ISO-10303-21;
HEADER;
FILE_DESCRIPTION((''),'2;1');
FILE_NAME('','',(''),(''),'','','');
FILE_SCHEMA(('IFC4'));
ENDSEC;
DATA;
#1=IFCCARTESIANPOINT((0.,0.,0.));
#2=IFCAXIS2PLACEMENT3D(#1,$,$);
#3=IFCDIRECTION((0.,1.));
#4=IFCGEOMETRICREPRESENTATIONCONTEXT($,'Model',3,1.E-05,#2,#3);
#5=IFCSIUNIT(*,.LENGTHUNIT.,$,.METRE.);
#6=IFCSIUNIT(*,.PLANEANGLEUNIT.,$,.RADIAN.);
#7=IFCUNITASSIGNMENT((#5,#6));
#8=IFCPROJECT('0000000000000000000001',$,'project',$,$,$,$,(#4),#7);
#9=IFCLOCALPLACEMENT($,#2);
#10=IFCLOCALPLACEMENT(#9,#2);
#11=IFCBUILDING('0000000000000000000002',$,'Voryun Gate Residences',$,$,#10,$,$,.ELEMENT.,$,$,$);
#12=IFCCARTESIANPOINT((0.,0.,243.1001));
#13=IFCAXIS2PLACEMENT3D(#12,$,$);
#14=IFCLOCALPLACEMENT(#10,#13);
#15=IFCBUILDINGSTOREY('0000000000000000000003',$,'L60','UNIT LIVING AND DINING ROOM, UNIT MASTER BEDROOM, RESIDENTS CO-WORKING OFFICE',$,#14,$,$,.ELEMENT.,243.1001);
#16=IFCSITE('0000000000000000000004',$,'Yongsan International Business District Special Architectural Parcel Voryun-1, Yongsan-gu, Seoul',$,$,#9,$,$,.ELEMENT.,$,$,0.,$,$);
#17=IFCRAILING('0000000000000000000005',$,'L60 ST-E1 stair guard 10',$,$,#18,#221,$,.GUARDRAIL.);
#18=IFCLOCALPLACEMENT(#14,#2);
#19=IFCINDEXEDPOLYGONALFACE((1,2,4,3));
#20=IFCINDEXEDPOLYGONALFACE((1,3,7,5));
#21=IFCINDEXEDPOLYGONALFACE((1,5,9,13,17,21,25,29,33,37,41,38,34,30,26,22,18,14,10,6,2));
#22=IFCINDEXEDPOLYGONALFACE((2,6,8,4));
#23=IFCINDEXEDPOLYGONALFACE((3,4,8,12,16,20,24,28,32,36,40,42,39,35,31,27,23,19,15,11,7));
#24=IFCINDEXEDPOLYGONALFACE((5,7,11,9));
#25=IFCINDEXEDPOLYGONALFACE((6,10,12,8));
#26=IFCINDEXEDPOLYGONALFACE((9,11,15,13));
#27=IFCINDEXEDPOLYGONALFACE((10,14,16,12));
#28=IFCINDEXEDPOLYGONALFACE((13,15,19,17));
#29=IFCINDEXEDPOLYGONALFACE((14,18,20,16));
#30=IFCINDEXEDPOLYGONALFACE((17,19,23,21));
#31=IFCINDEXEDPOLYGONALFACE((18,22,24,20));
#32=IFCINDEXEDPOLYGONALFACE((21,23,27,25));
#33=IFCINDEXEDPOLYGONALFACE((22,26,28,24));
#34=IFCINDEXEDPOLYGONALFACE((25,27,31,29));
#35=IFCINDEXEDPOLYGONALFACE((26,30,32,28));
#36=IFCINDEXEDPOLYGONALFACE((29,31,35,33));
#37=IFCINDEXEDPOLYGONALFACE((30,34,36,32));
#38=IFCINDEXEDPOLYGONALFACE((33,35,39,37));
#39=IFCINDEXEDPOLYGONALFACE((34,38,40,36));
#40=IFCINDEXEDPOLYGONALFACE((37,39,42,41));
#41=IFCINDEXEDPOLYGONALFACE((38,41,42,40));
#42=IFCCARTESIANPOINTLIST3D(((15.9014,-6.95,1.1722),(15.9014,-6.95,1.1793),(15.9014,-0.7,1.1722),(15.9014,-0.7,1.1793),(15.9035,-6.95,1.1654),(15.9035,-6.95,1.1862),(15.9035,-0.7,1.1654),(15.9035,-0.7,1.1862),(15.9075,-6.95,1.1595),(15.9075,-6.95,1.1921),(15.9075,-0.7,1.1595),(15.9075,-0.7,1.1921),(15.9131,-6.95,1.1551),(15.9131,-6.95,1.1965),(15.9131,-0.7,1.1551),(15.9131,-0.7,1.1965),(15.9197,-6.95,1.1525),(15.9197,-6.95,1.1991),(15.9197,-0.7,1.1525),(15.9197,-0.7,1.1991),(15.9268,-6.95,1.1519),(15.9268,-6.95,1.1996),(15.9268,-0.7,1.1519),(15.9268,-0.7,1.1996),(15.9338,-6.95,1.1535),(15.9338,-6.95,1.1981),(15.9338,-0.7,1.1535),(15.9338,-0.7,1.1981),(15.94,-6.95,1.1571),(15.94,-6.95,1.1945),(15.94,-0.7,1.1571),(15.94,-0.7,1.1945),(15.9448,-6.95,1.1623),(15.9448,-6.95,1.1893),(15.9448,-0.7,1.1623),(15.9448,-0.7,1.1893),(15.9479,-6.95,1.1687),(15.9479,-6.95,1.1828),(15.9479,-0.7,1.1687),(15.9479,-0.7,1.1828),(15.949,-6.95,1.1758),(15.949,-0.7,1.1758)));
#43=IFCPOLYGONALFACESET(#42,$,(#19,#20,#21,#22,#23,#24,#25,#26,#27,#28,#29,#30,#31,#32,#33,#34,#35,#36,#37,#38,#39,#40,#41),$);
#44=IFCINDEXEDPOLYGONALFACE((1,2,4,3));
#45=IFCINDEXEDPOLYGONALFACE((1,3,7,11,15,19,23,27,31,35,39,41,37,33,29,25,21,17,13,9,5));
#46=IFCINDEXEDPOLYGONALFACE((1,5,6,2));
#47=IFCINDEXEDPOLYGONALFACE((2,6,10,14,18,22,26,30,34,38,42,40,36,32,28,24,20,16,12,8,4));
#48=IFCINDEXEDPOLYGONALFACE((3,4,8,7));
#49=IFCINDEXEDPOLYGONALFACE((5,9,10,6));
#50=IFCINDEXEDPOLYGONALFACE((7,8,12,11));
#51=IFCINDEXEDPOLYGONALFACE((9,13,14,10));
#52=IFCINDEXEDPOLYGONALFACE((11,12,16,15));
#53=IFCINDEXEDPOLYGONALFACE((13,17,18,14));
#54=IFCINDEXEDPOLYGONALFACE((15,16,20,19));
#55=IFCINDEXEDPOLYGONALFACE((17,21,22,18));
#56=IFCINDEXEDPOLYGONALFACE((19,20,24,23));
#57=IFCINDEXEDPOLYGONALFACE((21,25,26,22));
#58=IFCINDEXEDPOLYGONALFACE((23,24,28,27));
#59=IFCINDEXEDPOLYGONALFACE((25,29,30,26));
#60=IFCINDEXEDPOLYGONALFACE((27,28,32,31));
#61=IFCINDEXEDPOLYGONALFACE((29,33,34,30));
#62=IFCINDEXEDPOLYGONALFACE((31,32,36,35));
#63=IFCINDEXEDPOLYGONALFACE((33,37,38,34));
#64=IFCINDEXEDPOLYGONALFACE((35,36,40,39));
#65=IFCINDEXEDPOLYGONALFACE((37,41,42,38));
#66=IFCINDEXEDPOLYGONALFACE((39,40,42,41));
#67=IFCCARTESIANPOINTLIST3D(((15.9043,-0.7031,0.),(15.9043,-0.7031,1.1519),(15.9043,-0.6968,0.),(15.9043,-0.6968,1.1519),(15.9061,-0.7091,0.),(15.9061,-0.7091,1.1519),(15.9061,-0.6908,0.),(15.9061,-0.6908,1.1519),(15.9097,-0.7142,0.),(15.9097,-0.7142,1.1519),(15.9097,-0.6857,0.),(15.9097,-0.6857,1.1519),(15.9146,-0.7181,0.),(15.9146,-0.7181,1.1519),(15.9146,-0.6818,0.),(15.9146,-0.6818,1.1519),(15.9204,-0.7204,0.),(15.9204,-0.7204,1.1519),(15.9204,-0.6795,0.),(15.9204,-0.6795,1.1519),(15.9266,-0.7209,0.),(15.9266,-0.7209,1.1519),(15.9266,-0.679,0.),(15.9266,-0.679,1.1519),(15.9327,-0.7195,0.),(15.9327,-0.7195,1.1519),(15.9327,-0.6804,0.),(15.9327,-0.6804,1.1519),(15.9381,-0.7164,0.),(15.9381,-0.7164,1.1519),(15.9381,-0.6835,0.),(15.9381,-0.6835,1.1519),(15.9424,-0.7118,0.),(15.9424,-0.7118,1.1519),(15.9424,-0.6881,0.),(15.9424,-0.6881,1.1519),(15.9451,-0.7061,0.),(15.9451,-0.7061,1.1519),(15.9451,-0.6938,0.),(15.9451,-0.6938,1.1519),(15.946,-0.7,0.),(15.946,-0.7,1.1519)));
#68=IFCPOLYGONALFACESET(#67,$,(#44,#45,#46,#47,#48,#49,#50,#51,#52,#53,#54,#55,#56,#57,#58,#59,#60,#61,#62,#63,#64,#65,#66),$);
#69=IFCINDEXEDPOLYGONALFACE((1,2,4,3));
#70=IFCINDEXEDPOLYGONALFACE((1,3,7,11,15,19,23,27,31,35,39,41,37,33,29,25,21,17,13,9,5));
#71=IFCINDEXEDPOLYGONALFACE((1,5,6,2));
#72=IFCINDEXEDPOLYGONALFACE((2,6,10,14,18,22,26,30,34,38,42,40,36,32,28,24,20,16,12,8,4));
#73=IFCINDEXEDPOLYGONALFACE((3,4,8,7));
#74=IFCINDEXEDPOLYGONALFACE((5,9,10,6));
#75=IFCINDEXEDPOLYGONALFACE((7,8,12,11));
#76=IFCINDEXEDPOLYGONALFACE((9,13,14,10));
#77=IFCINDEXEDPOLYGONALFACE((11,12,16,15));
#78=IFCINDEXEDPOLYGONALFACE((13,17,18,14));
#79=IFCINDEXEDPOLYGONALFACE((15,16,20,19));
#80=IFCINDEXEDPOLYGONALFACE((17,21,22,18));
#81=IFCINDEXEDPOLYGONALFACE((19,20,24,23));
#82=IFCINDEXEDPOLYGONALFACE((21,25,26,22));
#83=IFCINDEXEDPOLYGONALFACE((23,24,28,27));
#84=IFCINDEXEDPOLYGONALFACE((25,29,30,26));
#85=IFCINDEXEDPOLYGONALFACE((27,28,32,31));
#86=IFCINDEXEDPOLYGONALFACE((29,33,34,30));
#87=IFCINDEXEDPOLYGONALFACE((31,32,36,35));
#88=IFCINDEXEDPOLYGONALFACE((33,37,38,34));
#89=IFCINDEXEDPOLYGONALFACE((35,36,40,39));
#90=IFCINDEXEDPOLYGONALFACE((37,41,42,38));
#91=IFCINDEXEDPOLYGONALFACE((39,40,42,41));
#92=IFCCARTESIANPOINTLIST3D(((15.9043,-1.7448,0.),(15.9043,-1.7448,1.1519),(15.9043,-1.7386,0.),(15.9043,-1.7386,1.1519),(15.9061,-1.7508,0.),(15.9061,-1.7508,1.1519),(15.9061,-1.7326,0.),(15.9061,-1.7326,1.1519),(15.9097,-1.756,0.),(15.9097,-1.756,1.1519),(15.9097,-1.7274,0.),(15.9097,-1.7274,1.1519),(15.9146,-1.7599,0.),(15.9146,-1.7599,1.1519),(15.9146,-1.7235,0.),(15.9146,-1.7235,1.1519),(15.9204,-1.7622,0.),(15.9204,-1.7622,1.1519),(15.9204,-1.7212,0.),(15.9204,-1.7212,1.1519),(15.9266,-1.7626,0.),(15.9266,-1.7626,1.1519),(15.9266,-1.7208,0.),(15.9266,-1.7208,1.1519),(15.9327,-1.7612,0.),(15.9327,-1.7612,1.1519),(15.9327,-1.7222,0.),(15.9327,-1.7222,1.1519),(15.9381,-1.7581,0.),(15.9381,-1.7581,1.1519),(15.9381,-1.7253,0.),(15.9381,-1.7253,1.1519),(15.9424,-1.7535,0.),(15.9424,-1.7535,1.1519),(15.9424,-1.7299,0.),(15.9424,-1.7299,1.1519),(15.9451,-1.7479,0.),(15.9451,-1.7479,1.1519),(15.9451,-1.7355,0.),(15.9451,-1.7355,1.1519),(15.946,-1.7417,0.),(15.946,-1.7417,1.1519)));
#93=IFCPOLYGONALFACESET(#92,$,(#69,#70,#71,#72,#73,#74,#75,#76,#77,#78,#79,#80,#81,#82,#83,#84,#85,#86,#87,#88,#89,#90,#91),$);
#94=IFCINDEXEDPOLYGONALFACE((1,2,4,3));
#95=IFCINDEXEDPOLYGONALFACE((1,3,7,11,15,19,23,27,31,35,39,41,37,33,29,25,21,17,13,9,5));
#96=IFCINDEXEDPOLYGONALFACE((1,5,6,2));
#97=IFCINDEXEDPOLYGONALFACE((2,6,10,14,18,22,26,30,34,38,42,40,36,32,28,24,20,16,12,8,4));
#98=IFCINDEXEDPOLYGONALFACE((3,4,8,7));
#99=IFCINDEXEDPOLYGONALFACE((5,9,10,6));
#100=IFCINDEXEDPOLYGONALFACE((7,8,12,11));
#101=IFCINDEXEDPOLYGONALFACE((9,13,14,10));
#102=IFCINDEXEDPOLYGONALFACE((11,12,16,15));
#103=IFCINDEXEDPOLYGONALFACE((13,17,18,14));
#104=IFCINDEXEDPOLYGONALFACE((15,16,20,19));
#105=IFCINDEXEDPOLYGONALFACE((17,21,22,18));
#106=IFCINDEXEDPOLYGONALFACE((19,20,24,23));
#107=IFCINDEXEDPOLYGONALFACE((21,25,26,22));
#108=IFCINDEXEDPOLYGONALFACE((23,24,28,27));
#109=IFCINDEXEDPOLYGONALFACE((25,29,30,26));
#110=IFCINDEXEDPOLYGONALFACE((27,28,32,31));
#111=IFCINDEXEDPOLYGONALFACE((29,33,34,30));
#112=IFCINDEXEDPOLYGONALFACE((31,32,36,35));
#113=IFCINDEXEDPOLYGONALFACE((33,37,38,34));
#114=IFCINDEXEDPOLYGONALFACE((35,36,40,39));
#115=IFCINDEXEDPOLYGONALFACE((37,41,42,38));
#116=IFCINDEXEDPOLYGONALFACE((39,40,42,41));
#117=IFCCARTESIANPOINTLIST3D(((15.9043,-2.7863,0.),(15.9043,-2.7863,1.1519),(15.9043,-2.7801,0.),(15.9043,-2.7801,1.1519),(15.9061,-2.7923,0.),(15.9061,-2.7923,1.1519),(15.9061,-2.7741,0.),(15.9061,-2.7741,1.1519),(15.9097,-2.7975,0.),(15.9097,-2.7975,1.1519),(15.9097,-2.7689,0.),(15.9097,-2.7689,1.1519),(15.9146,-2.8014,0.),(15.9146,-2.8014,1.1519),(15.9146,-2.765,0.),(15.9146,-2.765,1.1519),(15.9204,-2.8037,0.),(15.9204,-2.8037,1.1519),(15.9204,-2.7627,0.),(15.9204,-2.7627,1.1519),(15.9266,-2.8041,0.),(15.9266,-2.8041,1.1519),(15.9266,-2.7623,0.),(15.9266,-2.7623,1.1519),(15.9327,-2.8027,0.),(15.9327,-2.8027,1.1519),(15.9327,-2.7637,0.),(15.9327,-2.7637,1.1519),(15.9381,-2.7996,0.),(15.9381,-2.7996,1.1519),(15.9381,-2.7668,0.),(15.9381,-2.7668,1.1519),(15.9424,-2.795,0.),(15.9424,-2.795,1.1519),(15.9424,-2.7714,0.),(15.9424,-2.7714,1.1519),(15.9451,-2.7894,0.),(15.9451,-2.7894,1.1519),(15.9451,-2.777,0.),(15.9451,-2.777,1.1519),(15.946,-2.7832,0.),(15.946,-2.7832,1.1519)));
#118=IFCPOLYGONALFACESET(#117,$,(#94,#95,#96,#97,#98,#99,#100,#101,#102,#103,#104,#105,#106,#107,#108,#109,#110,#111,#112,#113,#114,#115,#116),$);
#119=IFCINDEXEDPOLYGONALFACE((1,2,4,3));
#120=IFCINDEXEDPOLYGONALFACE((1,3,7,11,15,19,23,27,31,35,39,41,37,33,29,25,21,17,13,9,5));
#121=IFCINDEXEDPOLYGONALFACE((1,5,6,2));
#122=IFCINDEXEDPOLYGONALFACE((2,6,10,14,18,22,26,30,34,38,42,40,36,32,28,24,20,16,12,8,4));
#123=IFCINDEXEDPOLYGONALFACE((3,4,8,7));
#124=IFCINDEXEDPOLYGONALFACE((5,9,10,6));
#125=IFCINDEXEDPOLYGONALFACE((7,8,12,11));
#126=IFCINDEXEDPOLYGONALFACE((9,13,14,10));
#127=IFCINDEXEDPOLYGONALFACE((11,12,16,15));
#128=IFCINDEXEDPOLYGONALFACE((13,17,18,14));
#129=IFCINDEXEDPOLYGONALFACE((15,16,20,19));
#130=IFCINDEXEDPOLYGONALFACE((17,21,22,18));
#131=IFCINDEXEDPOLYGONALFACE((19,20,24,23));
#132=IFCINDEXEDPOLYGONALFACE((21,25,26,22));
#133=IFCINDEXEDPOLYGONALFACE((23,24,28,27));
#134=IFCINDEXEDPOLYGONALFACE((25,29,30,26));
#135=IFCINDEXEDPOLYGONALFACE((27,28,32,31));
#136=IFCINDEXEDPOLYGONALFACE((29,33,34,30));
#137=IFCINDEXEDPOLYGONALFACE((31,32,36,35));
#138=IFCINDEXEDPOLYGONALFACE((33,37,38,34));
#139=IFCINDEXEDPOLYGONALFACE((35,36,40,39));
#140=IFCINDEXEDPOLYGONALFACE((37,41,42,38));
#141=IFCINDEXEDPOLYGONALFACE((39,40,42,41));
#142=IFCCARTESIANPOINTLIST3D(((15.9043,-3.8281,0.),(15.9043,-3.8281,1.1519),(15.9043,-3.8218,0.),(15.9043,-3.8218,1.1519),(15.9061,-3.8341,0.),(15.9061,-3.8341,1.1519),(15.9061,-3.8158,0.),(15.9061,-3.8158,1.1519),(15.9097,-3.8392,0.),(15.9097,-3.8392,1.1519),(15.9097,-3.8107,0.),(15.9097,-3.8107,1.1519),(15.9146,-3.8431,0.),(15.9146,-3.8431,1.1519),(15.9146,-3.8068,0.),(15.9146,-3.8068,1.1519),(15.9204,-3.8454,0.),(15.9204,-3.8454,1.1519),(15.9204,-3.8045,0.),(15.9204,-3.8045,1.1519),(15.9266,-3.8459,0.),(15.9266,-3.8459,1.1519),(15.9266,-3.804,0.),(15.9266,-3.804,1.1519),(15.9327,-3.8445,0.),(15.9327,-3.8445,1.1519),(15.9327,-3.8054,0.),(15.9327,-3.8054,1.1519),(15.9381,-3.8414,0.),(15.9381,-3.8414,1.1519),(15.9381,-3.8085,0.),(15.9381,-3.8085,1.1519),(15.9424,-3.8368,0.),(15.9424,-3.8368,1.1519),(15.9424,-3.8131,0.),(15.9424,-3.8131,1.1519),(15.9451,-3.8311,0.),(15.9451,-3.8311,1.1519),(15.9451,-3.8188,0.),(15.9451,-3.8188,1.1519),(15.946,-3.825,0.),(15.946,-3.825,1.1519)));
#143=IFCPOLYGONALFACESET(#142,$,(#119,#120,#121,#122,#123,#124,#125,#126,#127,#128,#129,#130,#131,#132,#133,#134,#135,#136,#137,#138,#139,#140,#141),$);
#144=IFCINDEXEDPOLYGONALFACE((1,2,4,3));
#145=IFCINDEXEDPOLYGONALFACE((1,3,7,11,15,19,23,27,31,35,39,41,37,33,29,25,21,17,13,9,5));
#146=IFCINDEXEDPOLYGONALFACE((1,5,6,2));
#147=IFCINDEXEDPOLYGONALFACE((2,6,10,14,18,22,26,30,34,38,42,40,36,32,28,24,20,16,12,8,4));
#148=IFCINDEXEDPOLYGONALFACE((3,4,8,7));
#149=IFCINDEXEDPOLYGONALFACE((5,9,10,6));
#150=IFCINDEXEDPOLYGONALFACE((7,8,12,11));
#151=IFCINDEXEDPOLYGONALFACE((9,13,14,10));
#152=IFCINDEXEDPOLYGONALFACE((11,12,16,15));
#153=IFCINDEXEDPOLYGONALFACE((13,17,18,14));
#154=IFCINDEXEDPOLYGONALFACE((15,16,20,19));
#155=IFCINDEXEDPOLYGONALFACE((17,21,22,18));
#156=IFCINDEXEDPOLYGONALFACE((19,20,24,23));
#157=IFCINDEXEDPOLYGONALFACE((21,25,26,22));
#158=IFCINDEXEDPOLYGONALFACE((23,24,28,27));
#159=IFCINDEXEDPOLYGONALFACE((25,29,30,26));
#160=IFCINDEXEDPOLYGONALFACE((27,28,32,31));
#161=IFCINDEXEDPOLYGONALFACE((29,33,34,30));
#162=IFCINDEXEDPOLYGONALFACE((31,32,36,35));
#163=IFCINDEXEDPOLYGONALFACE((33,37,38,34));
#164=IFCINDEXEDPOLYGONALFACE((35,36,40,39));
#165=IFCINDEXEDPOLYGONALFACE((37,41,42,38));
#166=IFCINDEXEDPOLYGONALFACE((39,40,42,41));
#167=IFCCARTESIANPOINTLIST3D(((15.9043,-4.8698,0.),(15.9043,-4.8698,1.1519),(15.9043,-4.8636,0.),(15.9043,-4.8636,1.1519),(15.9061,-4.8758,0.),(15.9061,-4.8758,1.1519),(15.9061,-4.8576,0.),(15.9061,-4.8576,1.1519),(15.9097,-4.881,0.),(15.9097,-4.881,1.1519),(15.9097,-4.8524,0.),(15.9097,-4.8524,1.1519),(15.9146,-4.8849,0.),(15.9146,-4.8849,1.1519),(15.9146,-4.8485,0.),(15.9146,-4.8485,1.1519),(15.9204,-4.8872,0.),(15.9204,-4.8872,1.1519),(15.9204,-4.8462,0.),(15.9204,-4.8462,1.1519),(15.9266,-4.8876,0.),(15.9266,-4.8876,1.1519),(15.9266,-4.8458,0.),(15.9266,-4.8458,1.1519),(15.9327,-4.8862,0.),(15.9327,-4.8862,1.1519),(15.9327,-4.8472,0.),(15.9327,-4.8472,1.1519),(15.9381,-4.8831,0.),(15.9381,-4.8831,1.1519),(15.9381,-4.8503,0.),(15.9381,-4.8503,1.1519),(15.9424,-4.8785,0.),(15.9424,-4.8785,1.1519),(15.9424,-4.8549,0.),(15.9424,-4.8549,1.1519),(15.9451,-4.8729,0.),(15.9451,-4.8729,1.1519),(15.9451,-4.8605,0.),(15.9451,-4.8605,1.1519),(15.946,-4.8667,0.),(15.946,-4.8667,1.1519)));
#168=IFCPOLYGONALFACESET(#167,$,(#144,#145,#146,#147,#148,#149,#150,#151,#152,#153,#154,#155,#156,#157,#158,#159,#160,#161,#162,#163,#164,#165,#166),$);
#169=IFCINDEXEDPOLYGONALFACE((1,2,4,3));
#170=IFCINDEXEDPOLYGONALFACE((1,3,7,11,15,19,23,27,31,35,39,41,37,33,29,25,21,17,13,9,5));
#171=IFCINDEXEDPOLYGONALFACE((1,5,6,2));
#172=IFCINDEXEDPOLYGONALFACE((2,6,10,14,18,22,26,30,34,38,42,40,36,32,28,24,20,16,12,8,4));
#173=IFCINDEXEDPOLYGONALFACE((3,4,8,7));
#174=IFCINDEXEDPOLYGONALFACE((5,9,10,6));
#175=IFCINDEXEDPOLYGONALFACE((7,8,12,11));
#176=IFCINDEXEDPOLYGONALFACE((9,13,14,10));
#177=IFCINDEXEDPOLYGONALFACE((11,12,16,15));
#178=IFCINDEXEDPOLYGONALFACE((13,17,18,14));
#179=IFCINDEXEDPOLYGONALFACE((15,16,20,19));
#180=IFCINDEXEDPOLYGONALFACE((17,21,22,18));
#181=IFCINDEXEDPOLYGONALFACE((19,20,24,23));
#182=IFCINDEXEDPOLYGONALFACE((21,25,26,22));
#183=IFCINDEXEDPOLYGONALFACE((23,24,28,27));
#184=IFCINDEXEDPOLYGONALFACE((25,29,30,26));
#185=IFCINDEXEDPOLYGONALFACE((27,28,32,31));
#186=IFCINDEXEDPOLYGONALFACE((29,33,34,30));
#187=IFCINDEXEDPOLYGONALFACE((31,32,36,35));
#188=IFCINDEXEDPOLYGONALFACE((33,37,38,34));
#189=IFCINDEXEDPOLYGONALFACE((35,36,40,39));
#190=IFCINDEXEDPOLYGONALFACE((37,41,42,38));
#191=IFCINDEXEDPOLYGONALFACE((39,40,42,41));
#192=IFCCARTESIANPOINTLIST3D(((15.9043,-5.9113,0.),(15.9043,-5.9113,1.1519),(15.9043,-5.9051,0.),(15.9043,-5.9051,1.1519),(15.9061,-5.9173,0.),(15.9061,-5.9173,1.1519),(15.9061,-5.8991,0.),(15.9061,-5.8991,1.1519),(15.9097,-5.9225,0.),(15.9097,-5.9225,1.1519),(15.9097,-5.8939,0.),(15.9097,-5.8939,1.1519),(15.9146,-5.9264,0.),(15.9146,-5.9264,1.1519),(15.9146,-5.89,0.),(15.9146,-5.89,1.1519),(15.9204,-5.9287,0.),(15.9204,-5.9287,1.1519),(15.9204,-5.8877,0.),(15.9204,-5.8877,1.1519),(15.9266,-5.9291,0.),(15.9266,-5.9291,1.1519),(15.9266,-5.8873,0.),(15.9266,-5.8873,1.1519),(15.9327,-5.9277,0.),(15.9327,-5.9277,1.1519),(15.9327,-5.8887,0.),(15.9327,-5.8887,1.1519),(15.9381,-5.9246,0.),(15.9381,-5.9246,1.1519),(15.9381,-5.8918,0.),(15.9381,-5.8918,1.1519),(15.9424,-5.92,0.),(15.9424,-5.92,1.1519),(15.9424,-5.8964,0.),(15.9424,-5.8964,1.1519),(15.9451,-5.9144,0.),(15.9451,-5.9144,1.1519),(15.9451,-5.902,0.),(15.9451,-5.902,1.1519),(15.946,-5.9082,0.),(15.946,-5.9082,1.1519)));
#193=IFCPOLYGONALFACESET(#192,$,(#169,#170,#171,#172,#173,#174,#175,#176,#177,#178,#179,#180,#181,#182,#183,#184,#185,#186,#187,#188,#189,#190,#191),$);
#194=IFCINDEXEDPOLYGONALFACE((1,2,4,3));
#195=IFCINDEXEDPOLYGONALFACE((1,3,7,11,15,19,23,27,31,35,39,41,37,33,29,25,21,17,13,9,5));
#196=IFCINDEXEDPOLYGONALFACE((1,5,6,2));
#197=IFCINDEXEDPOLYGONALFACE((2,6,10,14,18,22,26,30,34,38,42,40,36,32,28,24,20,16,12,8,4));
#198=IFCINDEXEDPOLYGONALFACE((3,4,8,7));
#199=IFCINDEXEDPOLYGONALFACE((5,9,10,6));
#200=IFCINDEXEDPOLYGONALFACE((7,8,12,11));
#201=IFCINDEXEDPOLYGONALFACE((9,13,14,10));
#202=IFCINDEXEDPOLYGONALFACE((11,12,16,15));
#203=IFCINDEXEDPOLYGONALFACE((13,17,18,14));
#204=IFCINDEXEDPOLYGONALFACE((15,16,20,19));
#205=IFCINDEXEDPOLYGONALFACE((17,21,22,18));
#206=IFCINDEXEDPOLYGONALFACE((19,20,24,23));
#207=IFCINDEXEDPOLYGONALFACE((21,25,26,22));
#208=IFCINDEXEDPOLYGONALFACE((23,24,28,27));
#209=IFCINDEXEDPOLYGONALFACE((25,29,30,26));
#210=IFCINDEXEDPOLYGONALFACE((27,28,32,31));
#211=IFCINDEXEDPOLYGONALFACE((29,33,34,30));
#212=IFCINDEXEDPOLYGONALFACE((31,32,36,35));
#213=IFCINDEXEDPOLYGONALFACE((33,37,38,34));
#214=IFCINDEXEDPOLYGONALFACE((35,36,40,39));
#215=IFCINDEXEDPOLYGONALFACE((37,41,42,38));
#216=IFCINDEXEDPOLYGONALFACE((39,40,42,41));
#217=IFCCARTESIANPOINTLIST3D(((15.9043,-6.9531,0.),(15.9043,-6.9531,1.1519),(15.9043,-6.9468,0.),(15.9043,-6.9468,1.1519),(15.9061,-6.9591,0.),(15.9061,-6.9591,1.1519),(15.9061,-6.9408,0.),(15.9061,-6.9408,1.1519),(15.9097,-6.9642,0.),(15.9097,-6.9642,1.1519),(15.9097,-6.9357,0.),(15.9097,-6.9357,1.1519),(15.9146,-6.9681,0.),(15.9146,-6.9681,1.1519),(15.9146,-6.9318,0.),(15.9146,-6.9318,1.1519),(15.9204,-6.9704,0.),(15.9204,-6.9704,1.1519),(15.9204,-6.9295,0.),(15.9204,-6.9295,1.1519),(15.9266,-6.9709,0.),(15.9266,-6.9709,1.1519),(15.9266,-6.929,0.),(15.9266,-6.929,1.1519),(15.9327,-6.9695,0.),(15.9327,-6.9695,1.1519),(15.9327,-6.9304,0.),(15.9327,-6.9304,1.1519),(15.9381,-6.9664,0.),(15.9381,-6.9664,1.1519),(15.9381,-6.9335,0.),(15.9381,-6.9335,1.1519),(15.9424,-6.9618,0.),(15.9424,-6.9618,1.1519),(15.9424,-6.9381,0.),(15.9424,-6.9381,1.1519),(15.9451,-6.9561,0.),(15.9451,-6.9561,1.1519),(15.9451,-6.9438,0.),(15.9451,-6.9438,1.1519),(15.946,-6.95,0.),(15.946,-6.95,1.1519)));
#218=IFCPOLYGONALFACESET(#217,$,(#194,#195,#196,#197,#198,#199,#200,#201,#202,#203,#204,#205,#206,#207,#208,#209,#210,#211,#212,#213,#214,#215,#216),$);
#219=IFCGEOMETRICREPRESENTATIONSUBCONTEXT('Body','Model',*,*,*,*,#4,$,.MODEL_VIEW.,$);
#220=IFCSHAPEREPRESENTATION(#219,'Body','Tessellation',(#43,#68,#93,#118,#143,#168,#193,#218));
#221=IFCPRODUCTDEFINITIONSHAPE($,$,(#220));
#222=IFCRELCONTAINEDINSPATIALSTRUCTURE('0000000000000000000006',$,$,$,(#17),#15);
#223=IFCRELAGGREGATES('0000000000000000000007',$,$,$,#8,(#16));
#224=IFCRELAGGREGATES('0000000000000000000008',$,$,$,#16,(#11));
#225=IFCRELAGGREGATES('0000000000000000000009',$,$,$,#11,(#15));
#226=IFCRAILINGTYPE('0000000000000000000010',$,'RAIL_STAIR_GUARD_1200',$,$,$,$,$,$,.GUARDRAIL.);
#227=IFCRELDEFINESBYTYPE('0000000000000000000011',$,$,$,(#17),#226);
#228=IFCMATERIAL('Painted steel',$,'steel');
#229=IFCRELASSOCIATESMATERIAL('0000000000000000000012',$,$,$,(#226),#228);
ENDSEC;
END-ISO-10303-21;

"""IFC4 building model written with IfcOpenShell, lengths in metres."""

from ifc_helpers import new_model, si_unit, direction, frame, origin, origin_2d, place, context, subcontext, project, spatial, circle, extrude, material, type_object, element, save


model = new_model("IFC4")

# Units and contexts
model_context = context("Model", 3, precision=1e-05, world=origin(), true_north=direction((0.0, 1.0)))
body_context = subcontext(model_context, "Body", "Model", "MODEL_VIEW")
ifc_project = project(units=[si_unit("LENGTHUNIT", "METRE"), si_unit("PLANEANGLEUNIT", "RADIAN")], contexts=[model_context])

# Site, building, storey
site_placement = place(None, origin())
site = spatial("IfcSite", under=ifc_project, at=site_placement, Name="Yongsan International Business District Special Architectural Parcel Voryun-1, Yongsan-gu, Seoul", CompositionType="ELEMENT", RefElevation=0.0)
building_placement = place(site_placement, origin())
building = spatial("IfcBuilding", under=site, at=building_placement, Name="Voryun Gate Residences", CompositionType="ELEMENT")
storey_placement = place(building_placement, frame((0.0, 0.0, 243.1001)))
storey = spatial("IfcBuildingStorey", under=building, at=storey_placement, Name="L60", Description="UNIT LIVING AND DINING ROOM, UNIT MASTER BEDROOM, RESIDENTS CO-WORKING OFFICE", CompositionType="ELEMENT", Elevation=243.1001)

# Railing
ifc_material_1 = material(Name="Painted steel", Category="steel")
railing_type = type_object("IfcRailingType", Name="RAIL_STAIR_GUARD_1200", PredefinedType="GUARDRAIL", material=ifc_material_1)
railing_1_placement = place(storey_placement, frame((15.925, -0.7, 0.0)))
element("IfcRailing", 1, at=railing_1_placement, inside=storey, type_object=railing_type, Name="L60 ST-E1 stair guard 10", PredefinedType="GUARDRAIL", context=body_context, shape_type="SweptSolid", body=[
    extrude(circle(Radius=0.0239, at=origin_2d()), frame((0.0, 0.0, 1.1758), z_axis=(0.0, -1.0, 0.0), x_axis=(1.0, 0.0, 0.0)), (0.0, 0.0, 1.0), 6.25),
    extrude(circle(Radius=0.021, at=origin_2d()), origin(), (0.0, 0.0, 1.0), 1.1519),
    extrude(circle(Radius=0.021, at=origin_2d()), frame((0.0, -1.0417, 0.0)), (0.0, 0.0, 1.0), 1.1519),
    extrude(circle(Radius=0.021, at=origin_2d()), frame((0.0, -2.0833, 0.0)), (0.0, 0.0, 1.0), 1.1519),
    extrude(circle(Radius=0.021, at=origin_2d()), frame((0.0, -3.125, 0.0)), (0.0, 0.0, 1.0), 1.1519),
    extrude(circle(Radius=0.021, at=origin_2d()), frame((0.0, -4.1667, 0.0)), (0.0, 0.0, 1.0), 1.1519),
    extrude(circle(Radius=0.021, at=origin_2d()), frame((0.0, -5.2083, 0.0)), (0.0, 0.0, 1.0), 1.1519),
    extrude(circle(Radius=0.021, at=origin_2d()), frame((0.0, -6.25, 0.0)), (0.0, 0.0, 1.0), 1.1519),
])

save(model, "model.ifc")
